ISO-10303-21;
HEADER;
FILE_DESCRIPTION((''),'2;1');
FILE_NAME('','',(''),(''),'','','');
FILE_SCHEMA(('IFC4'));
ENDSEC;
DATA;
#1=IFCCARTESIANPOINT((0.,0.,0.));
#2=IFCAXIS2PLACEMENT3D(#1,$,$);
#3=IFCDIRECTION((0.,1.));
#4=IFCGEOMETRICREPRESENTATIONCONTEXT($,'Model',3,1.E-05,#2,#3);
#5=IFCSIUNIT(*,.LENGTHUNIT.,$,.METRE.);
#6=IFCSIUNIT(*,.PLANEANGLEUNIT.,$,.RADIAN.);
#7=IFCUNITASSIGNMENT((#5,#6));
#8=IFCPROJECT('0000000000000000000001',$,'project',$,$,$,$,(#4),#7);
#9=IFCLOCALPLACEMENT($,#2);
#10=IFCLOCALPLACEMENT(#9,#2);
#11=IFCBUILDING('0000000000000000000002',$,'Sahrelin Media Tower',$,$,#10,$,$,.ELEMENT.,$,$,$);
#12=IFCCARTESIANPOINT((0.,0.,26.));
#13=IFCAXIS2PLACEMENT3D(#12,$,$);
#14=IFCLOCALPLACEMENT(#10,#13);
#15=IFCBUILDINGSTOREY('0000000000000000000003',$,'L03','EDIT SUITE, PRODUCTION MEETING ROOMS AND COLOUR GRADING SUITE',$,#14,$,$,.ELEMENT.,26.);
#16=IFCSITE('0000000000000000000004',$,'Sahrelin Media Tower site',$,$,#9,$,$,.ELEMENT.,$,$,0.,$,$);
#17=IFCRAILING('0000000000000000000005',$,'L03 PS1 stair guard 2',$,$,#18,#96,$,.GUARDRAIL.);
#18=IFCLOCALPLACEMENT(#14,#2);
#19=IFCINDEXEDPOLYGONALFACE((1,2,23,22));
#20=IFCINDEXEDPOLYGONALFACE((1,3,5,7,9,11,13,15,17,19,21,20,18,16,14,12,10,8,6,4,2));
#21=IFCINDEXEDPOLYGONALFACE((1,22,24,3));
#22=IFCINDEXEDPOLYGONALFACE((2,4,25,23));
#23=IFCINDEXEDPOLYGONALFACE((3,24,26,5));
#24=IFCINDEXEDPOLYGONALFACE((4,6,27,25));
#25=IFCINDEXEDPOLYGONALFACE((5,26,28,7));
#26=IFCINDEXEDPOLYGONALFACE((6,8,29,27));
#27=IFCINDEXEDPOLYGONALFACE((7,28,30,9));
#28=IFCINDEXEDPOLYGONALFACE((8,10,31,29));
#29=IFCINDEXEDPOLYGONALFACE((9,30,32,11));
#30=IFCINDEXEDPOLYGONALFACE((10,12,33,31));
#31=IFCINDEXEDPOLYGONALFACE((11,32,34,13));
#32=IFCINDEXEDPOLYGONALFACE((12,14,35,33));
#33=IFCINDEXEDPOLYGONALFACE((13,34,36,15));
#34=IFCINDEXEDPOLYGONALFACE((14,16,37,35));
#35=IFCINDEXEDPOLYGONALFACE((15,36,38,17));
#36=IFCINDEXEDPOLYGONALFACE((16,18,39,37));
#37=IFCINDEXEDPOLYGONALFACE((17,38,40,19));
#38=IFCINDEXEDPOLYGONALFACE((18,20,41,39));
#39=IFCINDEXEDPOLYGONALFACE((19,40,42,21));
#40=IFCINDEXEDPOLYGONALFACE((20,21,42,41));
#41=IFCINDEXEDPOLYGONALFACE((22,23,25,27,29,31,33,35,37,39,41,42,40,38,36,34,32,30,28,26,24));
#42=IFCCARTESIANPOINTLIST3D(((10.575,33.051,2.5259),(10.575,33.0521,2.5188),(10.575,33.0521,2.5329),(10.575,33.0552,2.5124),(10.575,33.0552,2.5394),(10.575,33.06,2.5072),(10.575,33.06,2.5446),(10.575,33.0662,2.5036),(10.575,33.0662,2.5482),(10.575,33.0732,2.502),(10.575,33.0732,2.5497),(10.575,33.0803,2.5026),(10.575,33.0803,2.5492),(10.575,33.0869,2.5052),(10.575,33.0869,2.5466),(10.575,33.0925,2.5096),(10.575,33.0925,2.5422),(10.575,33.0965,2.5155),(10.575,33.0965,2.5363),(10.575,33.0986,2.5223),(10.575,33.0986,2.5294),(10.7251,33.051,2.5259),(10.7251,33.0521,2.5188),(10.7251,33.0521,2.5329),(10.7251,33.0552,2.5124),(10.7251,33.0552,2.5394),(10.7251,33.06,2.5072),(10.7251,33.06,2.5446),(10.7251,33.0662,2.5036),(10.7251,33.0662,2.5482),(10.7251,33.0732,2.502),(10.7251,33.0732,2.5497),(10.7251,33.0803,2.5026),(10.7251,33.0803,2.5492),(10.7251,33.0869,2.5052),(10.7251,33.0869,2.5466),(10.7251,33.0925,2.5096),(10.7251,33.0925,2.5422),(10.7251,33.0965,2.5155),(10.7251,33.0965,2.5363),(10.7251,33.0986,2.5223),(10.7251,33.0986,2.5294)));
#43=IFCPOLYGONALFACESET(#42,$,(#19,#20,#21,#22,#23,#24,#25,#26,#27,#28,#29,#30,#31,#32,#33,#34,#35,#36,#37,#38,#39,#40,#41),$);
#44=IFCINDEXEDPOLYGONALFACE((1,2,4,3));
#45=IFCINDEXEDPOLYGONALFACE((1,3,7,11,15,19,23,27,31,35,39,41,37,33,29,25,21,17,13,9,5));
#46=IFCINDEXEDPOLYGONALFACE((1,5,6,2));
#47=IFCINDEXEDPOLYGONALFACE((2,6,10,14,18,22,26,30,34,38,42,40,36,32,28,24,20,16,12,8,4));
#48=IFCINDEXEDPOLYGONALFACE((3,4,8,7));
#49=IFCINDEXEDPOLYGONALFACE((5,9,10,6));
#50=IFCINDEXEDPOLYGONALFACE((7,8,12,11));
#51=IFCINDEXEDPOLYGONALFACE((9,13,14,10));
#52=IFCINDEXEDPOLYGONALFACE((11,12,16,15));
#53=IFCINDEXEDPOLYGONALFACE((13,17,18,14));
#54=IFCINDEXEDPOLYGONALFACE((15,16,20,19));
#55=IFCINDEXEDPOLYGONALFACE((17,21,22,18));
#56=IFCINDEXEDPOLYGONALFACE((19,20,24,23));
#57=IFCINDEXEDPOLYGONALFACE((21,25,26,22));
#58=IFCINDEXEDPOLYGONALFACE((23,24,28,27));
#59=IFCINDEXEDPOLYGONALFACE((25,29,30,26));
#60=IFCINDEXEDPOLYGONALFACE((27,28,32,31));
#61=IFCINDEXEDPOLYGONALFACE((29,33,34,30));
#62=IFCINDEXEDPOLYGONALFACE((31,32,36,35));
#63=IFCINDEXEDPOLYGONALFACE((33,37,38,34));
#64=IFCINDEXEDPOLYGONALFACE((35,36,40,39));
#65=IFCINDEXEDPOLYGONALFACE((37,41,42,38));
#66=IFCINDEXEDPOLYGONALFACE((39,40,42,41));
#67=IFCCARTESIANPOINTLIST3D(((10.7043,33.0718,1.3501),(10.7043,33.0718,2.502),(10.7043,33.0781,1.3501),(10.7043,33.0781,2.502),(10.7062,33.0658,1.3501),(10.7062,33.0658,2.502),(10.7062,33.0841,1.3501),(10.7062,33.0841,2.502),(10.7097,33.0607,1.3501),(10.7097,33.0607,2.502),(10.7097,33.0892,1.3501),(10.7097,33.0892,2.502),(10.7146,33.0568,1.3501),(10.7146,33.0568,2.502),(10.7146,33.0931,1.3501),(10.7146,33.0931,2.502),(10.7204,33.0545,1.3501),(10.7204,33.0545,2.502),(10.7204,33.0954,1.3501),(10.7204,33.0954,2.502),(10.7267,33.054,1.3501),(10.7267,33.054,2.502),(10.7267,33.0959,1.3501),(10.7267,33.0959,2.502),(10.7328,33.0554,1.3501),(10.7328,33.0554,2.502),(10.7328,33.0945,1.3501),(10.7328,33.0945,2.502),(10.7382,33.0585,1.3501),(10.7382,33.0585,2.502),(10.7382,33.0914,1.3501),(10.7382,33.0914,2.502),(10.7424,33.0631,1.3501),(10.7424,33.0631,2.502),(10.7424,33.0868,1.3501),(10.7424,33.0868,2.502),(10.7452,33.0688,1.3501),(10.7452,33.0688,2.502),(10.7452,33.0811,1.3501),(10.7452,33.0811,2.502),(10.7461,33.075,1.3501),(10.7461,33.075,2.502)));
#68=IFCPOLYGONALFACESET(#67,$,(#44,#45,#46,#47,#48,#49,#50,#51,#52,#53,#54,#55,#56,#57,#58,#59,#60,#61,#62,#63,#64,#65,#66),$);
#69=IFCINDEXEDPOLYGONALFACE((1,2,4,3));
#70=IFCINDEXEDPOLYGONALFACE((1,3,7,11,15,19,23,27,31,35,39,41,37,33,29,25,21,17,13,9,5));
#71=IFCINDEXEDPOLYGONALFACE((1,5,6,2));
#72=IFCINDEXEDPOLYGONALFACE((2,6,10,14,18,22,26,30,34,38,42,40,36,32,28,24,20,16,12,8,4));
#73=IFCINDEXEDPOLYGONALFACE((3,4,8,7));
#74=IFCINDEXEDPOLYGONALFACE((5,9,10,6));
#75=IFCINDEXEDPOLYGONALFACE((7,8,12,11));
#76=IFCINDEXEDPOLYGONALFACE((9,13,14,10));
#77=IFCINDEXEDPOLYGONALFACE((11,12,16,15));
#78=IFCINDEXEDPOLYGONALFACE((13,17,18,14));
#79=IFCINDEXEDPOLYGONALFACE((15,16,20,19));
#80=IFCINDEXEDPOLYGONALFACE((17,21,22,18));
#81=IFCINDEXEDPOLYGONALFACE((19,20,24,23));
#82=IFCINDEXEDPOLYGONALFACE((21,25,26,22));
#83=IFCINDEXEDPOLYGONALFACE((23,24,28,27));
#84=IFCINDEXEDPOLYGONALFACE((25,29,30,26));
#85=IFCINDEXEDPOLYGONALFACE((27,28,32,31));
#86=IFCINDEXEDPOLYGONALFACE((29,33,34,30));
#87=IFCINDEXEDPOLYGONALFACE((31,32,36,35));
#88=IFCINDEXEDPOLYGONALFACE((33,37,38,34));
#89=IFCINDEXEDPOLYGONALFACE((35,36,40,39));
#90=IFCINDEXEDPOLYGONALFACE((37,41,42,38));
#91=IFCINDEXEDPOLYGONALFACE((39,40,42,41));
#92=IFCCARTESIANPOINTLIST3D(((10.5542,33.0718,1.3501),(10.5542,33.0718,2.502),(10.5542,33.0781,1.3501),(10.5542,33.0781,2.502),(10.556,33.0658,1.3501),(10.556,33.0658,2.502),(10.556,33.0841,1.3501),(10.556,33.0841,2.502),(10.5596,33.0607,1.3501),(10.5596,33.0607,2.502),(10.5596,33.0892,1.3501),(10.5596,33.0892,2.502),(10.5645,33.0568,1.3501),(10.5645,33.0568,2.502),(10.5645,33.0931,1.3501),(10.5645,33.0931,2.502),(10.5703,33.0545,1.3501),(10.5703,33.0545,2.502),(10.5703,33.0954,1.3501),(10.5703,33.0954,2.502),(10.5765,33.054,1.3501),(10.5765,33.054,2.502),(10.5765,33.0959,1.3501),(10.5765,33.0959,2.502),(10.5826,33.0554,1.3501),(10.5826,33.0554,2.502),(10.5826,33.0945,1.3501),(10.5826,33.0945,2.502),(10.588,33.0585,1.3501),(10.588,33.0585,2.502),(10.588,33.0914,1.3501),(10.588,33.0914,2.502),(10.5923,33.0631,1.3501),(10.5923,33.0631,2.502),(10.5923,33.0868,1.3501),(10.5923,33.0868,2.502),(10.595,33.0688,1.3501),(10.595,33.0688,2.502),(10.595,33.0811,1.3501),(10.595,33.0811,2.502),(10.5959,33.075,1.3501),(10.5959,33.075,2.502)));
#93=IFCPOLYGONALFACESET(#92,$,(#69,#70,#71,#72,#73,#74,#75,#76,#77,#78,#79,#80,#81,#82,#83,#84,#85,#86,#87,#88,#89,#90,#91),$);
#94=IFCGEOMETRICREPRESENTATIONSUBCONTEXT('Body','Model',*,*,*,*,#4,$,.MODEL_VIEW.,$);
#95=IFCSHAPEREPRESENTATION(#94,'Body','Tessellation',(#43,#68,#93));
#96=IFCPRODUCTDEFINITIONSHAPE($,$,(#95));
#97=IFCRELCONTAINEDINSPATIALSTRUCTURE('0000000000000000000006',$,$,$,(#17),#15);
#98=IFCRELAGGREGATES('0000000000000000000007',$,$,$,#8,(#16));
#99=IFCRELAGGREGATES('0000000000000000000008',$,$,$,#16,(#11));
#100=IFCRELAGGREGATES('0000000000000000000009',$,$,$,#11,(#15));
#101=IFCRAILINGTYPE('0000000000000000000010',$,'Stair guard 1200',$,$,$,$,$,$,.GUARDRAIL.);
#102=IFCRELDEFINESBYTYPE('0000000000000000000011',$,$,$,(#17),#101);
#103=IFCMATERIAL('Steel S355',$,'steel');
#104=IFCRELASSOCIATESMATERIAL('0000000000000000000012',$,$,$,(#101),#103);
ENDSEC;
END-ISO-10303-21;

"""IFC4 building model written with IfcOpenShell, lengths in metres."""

from ifc_helpers import new_model, si_unit, direction, frame, origin, origin_2d, place, context, subcontext, project, spatial, circle, extrude, material, type_object, element, save


model = new_model("IFC4")

# Units and contexts
model_context = context("Model", 3, precision=1e-05, world=origin(), true_north=direction((0.0, 1.0)))
body_context = subcontext(model_context, "Body", "Model", "MODEL_VIEW")
ifc_project = project(units=[si_unit("LENGTHUNIT", "METRE"), si_unit("PLANEANGLEUNIT", "RADIAN")], contexts=[model_context])

# Site, building, storey
site_placement = place(None, origin())
site = spatial("IfcSite", under=ifc_project, at=site_placement, Name="Sahrelin Media Tower site", CompositionType="ELEMENT", RefElevation=0.0)
building_placement = place(site_placement, origin())
building = spatial("IfcBuilding", under=site, at=building_placement, Name="Sahrelin Media Tower", CompositionType="ELEMENT")
storey_placement = place(building_placement, frame((0.0, 0.0, 26.0)))
storey = spatial("IfcBuildingStorey", under=building, at=storey_placement, Name="L03", Description="EDIT SUITE, PRODUCTION MEETING ROOMS AND COLOUR GRADING SUITE", CompositionType="ELEMENT", Elevation=26.0)

# Shared definitions
ifc_material_1 = material(Name="Steel S355", Category="steel")

# Railing
railing_type_1 = type_object("IfcRailingType", Name="Stair guard 1200", PredefinedType="GUARDRAIL", material=ifc_material_1)
railing_1_placement = place(storey_placement, frame((10.7251, 33.075, 1.3501)))
element("IfcRailing", 1, at=railing_1_placement, inside=storey, type_object=railing_type_1, Name="L03 PS1 stair guard 2", PredefinedType="GUARDRAIL", context=body_context, shape_type="SweptSolid", body=[
    extrude(circle(Radius=0.0239, at=origin_2d()), frame((0.0, 0.0, 1.1758), z_axis=(-1.0, 0.0, 0.0), x_axis=(0.0, -1.0, 0.0)), (0.0, 0.0, 1.0), 0.1501),
    extrude(circle(Radius=0.021, at=origin_2d()), origin(), (0.0, 0.0, 1.0), 1.1519),
    extrude(circle(Radius=0.021, at=origin_2d()), frame((-0.1501, 0.0, 0.0)), (0.0, 0.0, 1.0), 1.1519),
])

save(model, "model.ifc")
